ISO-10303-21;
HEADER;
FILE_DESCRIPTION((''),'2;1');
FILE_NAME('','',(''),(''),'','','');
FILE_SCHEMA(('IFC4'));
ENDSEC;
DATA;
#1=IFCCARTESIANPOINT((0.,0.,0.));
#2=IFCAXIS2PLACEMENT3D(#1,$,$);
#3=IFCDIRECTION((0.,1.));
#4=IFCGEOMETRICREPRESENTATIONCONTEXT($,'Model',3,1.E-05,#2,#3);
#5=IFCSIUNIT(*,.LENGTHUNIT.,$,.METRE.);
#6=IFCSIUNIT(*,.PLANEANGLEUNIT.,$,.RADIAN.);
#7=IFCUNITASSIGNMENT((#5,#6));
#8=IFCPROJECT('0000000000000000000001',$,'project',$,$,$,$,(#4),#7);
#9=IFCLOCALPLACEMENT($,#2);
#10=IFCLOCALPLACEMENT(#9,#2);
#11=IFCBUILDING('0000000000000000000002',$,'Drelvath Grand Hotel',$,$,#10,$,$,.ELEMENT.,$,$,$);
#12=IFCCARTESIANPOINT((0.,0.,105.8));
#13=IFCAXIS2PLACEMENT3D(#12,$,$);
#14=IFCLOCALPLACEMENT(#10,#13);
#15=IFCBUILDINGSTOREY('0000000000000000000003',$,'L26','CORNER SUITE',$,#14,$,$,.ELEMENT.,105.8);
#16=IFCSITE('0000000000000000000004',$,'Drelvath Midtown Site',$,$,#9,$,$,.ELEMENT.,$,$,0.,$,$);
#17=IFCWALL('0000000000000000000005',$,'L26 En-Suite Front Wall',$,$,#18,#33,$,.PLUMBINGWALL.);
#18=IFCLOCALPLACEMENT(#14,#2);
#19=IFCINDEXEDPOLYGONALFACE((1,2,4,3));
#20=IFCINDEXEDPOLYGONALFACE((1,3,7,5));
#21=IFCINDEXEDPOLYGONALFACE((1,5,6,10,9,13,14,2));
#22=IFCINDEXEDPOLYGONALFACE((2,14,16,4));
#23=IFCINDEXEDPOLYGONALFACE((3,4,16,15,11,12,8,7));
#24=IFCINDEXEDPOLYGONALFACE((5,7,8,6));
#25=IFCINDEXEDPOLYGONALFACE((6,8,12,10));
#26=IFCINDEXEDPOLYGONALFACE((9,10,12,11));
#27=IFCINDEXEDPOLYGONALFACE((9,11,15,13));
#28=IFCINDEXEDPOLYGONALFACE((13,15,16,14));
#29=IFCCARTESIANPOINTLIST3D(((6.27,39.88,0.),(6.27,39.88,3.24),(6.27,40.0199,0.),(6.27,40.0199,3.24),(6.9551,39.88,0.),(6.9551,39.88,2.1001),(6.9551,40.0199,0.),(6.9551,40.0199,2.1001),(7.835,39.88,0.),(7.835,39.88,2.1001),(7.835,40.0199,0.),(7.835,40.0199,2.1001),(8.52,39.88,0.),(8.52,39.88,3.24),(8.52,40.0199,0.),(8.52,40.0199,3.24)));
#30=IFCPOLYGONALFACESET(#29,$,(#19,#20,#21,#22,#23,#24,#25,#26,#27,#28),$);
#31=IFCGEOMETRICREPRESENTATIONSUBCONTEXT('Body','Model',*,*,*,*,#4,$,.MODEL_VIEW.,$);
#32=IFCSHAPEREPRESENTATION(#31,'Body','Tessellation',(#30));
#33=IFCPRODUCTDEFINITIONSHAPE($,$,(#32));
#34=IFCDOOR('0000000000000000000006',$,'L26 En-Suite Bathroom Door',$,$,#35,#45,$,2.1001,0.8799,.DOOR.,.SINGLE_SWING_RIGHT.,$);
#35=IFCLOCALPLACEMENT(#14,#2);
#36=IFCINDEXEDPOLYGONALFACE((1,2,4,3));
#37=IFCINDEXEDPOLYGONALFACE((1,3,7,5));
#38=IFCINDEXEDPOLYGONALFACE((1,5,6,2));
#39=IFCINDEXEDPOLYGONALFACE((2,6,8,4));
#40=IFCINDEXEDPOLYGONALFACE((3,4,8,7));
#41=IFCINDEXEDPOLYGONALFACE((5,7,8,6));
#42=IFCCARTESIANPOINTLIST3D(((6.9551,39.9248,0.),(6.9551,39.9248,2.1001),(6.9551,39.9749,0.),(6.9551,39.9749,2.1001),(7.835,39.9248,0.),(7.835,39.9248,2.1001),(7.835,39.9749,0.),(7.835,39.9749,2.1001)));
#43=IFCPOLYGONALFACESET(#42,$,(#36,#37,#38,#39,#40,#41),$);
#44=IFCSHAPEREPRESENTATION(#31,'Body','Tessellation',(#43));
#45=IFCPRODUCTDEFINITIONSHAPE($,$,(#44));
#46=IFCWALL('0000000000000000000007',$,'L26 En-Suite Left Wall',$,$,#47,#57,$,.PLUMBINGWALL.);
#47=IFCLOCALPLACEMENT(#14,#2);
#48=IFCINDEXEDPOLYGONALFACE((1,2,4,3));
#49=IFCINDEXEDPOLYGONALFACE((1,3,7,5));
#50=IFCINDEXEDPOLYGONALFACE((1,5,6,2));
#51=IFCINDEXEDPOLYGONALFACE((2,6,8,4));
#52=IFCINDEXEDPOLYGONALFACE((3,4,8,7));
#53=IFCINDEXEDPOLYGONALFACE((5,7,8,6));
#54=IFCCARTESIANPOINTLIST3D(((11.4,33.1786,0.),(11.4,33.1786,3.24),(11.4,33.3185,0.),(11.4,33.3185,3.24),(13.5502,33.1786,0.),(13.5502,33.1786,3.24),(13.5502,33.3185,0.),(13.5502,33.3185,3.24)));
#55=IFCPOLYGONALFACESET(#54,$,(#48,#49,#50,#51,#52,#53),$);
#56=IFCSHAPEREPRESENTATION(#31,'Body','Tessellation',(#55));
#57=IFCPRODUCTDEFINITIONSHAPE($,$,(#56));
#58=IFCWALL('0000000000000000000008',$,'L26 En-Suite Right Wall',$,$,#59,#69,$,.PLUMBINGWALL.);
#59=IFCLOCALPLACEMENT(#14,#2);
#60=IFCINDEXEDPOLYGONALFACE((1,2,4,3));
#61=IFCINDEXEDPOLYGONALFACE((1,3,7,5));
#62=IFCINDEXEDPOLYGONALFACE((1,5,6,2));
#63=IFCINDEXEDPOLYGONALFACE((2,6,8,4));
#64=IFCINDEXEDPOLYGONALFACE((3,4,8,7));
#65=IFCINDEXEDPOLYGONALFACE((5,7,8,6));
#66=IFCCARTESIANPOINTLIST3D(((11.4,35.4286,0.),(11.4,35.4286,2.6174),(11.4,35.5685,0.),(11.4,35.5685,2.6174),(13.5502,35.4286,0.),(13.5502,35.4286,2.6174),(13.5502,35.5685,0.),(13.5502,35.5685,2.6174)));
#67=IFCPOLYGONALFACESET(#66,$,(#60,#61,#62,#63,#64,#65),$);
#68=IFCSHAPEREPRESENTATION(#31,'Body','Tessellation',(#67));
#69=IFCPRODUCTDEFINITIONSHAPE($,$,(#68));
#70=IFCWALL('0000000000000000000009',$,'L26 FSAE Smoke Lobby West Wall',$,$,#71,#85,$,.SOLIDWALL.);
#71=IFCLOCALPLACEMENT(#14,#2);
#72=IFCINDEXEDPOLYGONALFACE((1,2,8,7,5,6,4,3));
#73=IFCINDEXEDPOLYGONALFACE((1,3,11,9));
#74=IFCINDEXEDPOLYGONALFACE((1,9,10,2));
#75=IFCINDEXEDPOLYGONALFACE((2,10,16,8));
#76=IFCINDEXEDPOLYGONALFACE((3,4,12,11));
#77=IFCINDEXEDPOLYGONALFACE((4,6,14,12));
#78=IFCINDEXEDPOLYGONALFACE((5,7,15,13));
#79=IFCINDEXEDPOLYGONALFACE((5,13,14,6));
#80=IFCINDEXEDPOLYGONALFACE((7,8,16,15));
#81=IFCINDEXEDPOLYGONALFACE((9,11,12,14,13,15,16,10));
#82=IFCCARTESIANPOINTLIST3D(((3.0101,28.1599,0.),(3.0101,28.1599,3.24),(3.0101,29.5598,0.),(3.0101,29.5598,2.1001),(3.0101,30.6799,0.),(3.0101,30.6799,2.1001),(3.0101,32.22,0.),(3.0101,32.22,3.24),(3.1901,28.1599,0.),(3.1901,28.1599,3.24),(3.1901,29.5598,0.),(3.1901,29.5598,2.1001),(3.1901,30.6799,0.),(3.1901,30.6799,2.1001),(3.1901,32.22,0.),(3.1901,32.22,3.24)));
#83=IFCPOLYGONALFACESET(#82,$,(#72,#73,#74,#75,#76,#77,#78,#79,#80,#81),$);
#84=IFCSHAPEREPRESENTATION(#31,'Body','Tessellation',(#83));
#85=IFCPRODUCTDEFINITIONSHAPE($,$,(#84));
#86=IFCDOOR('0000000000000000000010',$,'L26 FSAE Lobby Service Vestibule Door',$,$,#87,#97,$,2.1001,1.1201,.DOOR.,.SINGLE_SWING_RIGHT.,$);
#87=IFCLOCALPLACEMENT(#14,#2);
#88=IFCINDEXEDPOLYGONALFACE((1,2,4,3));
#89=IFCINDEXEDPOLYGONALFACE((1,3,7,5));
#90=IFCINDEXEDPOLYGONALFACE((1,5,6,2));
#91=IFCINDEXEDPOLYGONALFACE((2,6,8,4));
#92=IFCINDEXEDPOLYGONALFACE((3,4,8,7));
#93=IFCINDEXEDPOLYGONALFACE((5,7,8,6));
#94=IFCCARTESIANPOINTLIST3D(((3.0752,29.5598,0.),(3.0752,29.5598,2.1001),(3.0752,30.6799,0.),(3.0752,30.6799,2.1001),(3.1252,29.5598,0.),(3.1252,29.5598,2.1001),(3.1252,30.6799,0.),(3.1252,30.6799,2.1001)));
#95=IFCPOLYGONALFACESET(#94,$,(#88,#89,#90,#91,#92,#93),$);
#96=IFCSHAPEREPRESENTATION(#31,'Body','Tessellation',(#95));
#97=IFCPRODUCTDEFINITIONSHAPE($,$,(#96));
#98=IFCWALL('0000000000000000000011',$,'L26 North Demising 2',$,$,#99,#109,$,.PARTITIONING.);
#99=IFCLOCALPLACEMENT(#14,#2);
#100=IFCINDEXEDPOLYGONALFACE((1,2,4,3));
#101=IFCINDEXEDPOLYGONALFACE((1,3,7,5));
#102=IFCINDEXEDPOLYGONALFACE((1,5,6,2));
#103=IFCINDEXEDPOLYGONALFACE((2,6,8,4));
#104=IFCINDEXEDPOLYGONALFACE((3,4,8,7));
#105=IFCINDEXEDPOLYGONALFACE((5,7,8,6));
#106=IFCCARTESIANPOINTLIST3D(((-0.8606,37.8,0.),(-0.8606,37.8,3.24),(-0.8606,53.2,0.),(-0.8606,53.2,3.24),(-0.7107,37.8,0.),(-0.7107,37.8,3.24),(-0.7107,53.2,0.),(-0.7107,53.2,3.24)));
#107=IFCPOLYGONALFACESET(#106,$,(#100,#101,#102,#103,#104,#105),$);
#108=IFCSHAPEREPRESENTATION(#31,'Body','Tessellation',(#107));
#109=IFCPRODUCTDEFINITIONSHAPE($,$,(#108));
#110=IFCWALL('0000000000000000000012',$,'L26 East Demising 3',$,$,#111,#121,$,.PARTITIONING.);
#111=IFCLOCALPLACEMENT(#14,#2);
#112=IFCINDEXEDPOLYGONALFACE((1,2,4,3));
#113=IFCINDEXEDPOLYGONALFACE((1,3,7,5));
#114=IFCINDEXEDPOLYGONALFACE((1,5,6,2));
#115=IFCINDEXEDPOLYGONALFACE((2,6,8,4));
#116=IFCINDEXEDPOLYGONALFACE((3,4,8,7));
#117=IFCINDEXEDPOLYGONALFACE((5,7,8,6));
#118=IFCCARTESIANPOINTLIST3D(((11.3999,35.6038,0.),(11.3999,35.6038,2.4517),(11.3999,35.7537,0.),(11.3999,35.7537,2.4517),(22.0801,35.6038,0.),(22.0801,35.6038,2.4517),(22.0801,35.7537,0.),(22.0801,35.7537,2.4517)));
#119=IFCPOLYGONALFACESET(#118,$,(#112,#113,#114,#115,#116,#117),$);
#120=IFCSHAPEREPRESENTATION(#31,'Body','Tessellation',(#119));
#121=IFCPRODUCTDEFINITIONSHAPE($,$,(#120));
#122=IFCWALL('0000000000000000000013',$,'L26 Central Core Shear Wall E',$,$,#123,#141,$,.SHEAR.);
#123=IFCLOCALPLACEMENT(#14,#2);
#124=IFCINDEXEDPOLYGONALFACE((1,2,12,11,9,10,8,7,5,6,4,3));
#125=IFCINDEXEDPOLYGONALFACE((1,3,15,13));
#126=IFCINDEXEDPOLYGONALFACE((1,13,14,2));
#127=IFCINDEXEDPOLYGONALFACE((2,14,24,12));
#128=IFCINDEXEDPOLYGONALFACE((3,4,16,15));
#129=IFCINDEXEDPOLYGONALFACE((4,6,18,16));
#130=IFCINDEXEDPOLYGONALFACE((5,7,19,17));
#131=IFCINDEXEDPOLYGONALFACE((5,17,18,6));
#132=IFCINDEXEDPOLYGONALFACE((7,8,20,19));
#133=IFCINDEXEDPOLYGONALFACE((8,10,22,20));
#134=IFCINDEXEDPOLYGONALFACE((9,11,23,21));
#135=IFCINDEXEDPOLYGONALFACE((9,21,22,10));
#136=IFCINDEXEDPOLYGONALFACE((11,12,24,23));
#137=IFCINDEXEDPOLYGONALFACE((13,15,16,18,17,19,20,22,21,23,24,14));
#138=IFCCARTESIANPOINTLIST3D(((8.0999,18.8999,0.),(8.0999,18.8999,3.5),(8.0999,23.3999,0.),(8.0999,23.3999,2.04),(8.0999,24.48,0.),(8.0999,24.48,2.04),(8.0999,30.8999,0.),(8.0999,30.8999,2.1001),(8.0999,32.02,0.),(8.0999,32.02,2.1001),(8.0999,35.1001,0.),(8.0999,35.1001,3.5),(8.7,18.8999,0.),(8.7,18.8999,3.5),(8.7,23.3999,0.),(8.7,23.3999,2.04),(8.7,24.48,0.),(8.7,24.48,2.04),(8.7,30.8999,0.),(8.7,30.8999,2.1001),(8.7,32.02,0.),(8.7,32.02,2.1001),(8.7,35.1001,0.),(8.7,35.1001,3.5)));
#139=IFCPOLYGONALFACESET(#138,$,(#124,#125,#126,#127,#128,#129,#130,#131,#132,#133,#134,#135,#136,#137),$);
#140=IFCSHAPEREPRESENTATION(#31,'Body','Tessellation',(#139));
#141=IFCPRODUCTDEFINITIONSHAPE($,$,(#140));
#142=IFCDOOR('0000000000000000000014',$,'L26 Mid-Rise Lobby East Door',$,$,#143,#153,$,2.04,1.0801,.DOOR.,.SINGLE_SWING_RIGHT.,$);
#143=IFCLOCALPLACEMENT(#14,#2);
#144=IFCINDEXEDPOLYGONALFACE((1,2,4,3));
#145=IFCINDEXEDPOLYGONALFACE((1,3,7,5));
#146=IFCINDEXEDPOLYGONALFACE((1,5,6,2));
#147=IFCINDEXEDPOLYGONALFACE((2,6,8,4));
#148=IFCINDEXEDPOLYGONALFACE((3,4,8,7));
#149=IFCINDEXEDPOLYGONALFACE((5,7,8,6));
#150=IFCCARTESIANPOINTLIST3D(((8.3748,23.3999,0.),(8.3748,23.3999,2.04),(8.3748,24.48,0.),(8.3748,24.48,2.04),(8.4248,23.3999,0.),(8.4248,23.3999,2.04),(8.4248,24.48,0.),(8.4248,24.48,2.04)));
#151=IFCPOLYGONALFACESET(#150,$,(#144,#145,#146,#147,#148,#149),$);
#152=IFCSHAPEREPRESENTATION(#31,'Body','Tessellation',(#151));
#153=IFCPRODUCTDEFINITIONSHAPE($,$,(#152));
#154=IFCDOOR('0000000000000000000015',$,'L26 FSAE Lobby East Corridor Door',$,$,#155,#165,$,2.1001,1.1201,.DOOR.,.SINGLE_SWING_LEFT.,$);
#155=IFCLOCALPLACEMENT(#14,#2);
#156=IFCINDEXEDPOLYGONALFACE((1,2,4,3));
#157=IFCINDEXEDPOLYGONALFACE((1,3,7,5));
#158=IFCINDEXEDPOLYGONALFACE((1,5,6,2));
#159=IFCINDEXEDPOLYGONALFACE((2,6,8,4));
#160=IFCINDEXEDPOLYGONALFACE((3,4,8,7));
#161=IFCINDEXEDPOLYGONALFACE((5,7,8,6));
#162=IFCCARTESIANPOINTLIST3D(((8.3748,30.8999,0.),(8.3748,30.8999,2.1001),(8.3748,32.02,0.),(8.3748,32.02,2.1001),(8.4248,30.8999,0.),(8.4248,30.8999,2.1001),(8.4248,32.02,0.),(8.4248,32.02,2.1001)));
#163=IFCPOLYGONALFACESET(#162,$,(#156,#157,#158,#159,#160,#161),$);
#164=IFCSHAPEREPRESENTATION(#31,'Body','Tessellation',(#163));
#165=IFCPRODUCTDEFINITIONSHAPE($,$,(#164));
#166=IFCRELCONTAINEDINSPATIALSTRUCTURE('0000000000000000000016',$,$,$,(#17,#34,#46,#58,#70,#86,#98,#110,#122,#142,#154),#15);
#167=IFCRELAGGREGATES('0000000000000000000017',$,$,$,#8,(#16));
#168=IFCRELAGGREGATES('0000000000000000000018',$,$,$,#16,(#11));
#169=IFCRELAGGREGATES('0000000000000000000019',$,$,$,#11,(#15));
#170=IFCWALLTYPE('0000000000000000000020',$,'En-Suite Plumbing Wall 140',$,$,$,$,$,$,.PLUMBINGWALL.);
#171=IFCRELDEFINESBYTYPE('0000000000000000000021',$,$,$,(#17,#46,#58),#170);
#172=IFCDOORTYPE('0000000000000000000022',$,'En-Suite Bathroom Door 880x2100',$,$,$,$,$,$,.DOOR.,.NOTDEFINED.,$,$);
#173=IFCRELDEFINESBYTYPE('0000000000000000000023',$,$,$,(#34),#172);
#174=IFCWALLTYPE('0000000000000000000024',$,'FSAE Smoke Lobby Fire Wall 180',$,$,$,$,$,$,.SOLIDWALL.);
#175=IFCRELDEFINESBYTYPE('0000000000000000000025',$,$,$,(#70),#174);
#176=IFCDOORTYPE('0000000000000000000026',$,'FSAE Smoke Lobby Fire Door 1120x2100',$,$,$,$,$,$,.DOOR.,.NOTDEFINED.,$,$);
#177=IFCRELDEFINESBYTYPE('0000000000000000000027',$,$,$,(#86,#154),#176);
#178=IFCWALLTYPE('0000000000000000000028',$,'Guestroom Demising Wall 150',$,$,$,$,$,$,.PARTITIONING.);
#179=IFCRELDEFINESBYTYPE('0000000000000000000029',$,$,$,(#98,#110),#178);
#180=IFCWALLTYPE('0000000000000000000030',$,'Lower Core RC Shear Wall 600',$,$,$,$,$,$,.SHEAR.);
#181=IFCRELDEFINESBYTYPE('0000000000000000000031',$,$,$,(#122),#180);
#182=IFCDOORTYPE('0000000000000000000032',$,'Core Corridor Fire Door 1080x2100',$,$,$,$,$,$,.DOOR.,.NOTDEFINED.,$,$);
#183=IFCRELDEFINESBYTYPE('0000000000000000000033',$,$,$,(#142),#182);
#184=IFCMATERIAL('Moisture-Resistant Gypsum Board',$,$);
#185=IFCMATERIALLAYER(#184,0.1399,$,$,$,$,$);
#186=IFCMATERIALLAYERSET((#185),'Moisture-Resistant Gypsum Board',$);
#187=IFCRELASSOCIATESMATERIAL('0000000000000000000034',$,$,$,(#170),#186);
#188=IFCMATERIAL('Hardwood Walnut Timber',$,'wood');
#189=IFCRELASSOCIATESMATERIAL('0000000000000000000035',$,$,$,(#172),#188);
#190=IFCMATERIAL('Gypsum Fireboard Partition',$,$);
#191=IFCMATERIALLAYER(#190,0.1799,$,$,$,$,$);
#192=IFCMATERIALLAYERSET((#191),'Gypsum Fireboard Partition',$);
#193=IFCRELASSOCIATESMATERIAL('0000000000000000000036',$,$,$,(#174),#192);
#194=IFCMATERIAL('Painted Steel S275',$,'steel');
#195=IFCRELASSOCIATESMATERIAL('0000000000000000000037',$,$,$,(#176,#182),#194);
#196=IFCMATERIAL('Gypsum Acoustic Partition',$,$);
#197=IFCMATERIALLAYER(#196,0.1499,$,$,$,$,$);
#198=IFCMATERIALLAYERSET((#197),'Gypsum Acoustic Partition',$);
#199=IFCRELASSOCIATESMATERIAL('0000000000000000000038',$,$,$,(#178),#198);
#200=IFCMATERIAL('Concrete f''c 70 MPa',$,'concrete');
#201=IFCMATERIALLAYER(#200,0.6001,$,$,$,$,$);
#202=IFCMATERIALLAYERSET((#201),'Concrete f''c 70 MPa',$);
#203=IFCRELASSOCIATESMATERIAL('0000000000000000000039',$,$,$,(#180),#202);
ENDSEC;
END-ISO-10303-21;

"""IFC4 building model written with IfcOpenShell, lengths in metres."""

from ifc_helpers import new_model, si_unit, direction, frame, frame_2d, origin, place, context, subcontext, project, spatial, rectangle, extrude, material, layer, layer_set, type_object, element, fill, save


model = new_model("IFC4")

# Units and contexts
model_context = context("Model", 3, precision=1e-05, world=origin(), true_north=direction((0.0, 1.0)))
body_context = subcontext(model_context, "Body", "Model", "MODEL_VIEW")
ifc_project = project(units=[si_unit("LENGTHUNIT", "METRE"), si_unit("PLANEANGLEUNIT", "RADIAN")], contexts=[model_context])

# Site, building, storey
site_placement = place(None, origin())
site = spatial("IfcSite", under=ifc_project, at=site_placement, Name="Drelvath Midtown Site", CompositionType="ELEMENT", RefElevation=0.0)
building_placement = place(site_placement, origin())
building = spatial("IfcBuilding", under=site, at=building_placement, Name="Drelvath Grand Hotel", CompositionType="ELEMENT")
storey_placement = place(building_placement, frame((0.0, 0.0, 105.8)))
storey = spatial("IfcBuildingStorey", under=building, at=storey_placement, Name="L26", Description="CORNER SUITE", CompositionType="ELEMENT", Elevation=105.8)

# Shared definitions
ifc_material_1 = material(Name="Concrete f'c 70 MPa", Category="concrete")

# Shared definitions
ifc_material_2 = material(Name="Painted Steel S275", Category="steel")

# Shared definitions
ifc_material_3 = material(Name="Gypsum Fireboard Partition")
ifc_material_4 = material(Name="Moisture-Resistant Gypsum Board")
ifc_layer_1 = layer(ifc_material_4, 0.1399)
ifc_layer_set_1 = layer_set([ifc_layer_1], Name="Moisture-Resistant Gypsum Board")
wall_type_1 = type_object("IfcWallType", Name="En-Suite Plumbing Wall 140", PredefinedType="PLUMBINGWALL", material=ifc_layer_set_1)

# Wall, opening, door
wall_1_placement = place(storey_placement, frame((6.27, 39.95, 0.0), z_axis=(0.0, 0.0, 1.0), x_axis=(1.0, 0.0, 0.0)))
wall_1 = element("IfcWall", 1, at=wall_1_placement, inside=storey, type_object=wall_type_1, Name="L26 En-Suite Front Wall", PredefinedType="PLUMBINGWALL", context=body_context, shape_type="SweptSolid", body=[
    extrude(rectangle(XDim=2.25, YDim=0.1399, at=frame_2d((1.125, 0.0))), origin(), (0.0, 0.0, 1.0), 3.24),
])
opening_1_placement = place(wall_1_placement, frame((0.6851, 0.0, 0.0)))
opening_1 = element("IfcOpeningElement", 2, at=opening_1_placement, cuts=wall_1, PredefinedType="OPENING", context=body_context, shape_type="SweptSolid", body=[
    extrude(rectangle(XDim=0.8799, YDim=2.1001, at=frame_2d((0.4399, 1.05))), frame((0.0, 0.0798, 0.0), z_axis=(0.0, -1.0, 0.0), x_axis=(1.0, 0.0, 0.0)), (0.0, 0.0, 1.0), 0.1599),
])
ifc_material_5 = material(Name="Hardwood Walnut Timber", Category="wood")
door_type_1 = type_object("IfcDoorType", Name="En-Suite Bathroom Door 880x2100", OperationType="NOTDEFINED", PredefinedType="DOOR", material=ifc_material_5)
door_1_placement = place(opening_1_placement, origin())
door_1 = element("IfcDoor", 3, at=door_1_placement, inside=storey, type_object=door_type_1, Name="L26 En-Suite Bathroom Door", OperationType="SINGLE_SWING_RIGHT", OverallHeight=2.1001, OverallWidth=0.8799, PredefinedType="DOOR", context=body_context, shape_type="SweptSolid", body=[
    extrude(rectangle(XDim=0.8799, YDim=2.1001, at=frame_2d((0.4399, 1.05))), frame((0.0, 0.0249, 0.0), z_axis=(0.0, -1.0, 0.0), x_axis=(1.0, 0.0, 0.0)), (0.0, 0.0, 1.0), 0.05),
])
fill(opening_1, door_1)

# Walls
wall_2_placement = place(storey_placement, frame((11.3999, 33.2485, 0.0), z_axis=(0.0, 0.0, 1.0), x_axis=(1.0, 0.0, 0.0)))
element("IfcWall", 4, at=wall_2_placement, inside=storey, type_object=wall_type_1, Name="L26 En-Suite Left Wall", PredefinedType="PLUMBINGWALL", context=body_context, shape_type="SweptSolid", body=[
    extrude(rectangle(XDim=2.1501, YDim=0.1399, at=frame_2d((1.0752, 0.0))), origin(), (0.0, 0.0, 1.0), 3.24),
])
wall_3_placement = place(storey_placement, frame((11.3999, 35.4985, 0.0), z_axis=(0.0, 0.0, 1.0), x_axis=(1.0, 0.0, 0.0)))
element("IfcWall", 5, at=wall_3_placement, inside=storey, type_object=wall_type_1, Name="L26 En-Suite Right Wall", PredefinedType="PLUMBINGWALL", context=body_context, shape_type="SweptSolid", body=[
    extrude(rectangle(XDim=2.1501, YDim=0.1399, at=frame_2d((1.0752, 0.0))), origin(), (0.0, 0.0, 1.0), 2.6174),
])

# Wall, opening, door
ifc_layer_2 = layer(ifc_material_3, 0.1799)
ifc_layer_set_2 = layer_set([ifc_layer_2], Name="Gypsum Fireboard Partition")
wall_type_2 = type_object("IfcWallType", Name="FSAE Smoke Lobby Fire Wall 180", PredefinedType="SOLIDWALL", material=ifc_layer_set_2)
wall_4_placement = place(storey_placement, frame((3.1001, 28.1599, 0.0), z_axis=(0.0, 0.0, 1.0), x_axis=(0.0, 1.0, 0.0)))
wall_4 = element("IfcWall", 6, at=wall_4_placement, inside=storey, type_object=wall_type_2, Name="L26 FSAE Smoke Lobby West Wall", PredefinedType="SOLIDWALL", context=body_context, shape_type="SweptSolid", body=[
    extrude(rectangle(XDim=4.0601, YDim=0.1799, at=frame_2d((2.03, 0.0))), origin(), (0.0, 0.0, 1.0), 3.24),
])
opening_2_placement = place(wall_4_placement, frame((1.3999, 0.0, 0.0)))
opening_2 = element("IfcOpeningElement", 7, at=opening_2_placement, cuts=wall_4, PredefinedType="OPENING", context=body_context, shape_type="SweptSolid", body=[
    extrude(rectangle(XDim=1.1201, YDim=2.1001, at=frame_2d((0.5601, 1.05))), frame((0.0, 0.0999, 0.0), z_axis=(0.0, -1.0, 0.0), x_axis=(1.0, 0.0, 0.0)), (0.0, 0.0, 1.0), 0.2),
])
door_type_2 = type_object("IfcDoorType", Name="FSAE Smoke Lobby Fire Door 1120x2100", OperationType="NOTDEFINED", PredefinedType="DOOR", material=ifc_material_2)
door_2_placement = place(opening_2_placement, origin())
door_2 = element("IfcDoor", 8, at=door_2_placement, inside=storey, type_object=door_type_2, Name="L26 FSAE Lobby Service Vestibule Door", OperationType="SINGLE_SWING_RIGHT", OverallHeight=2.1001, OverallWidth=1.1201, PredefinedType="DOOR", context=body_context, shape_type="SweptSolid", body=[
    extrude(rectangle(XDim=1.1201, YDim=2.1001, at=frame_2d((0.5601, 1.05))), frame((0.0, 0.0249, 0.0), z_axis=(0.0, -1.0, 0.0), x_axis=(1.0, 0.0, 0.0)), (0.0, 0.0, 1.0), 0.05),
])
fill(opening_2, door_2)

# Walls
ifc_material_6 = material(Name="Gypsum Acoustic Partition")
ifc_layer_3 = layer(ifc_material_6, 0.1499)
ifc_layer_set_3 = layer_set([ifc_layer_3], Name="Gypsum Acoustic Partition")
wall_type_3 = type_object("IfcWallType", Name="Guestroom Demising Wall 150", PredefinedType="PARTITIONING", material=ifc_layer_set_3)
wall_5_placement = place(storey_placement, frame((-0.7856, 37.8, 0.0), z_axis=(0.0, 0.0, 1.0), x_axis=(0.0, 1.0, 0.0)))
element("IfcWall", 9, at=wall_5_placement, inside=storey, type_object=wall_type_3, Name="L26 North Demising 2", PredefinedType="PARTITIONING", context=body_context, shape_type="SweptSolid", body=[
    extrude(rectangle(XDim=15.3999, YDim=0.1499, at=frame_2d((7.7, 0.0))), origin(), (0.0, 0.0, 1.0), 3.24),
])
wall_6_placement = place(storey_placement, frame((11.3999, 35.6787, 0.0), z_axis=(0.0, 0.0, 1.0), x_axis=(1.0, 0.0, 0.0)))
element("IfcWall", 10, at=wall_6_placement, inside=storey, type_object=wall_type_3, Name="L26 East Demising 3", PredefinedType="PARTITIONING", context=body_context, shape_type="SweptSolid", body=[
    extrude(rectangle(XDim=10.6802, YDim=0.1499, at=frame_2d((5.3401, 0.0))), origin(), (0.0, 0.0, 1.0), 2.4517),
])

# Wall, openings, doors
ifc_layer_4 = layer(ifc_material_1, 0.6001)
ifc_layer_set_4 = layer_set([ifc_layer_4], Name="Concrete f'c 70 MPa")
wall_type_4 = type_object("IfcWallType", Name="Lower Core RC Shear Wall 600", PredefinedType="SHEAR", material=ifc_layer_set_4)
wall_7_placement = place(storey_placement, frame((8.3999, 35.1001, 0.0), z_axis=(0.0, 0.0, 1.0), x_axis=(0.0, -1.0, 0.0)))
wall_7 = element("IfcWall", 11, at=wall_7_placement, inside=storey, type_object=wall_type_4, Name="L26 Central Core Shear Wall E", PredefinedType="SHEAR", context=body_context, shape_type="SweptSolid", body=[
    extrude(rectangle(XDim=16.2002, YDim=0.6001, at=frame_2d((8.1001, 0.0))), origin(), (0.0, 0.0, 1.0), 3.5),
])
opening_3_placement = place(wall_7_placement, frame((3.0801, 0.0, 0.0)))
opening_3 = element("IfcOpeningElement", 12, at=opening_3_placement, cuts=wall_7, PredefinedType="OPENING", context=body_context, shape_type="SweptSolid", body=[
    extrude(rectangle(XDim=1.1201, YDim=2.1001, at=frame_2d((0.5601, 1.05))), frame((0.0, 0.3101, 0.0), z_axis=(0.0, -1.0, 0.0), x_axis=(1.0, 0.0, 0.0)), (0.0, 0.0, 1.0), 0.6201),
])
opening_4_placement = place(wall_7_placement, frame((10.6201, 0.0, 0.0)))
opening_4 = element("IfcOpeningElement", 13, at=opening_4_placement, cuts=wall_7, PredefinedType="OPENING", context=body_context, shape_type="SweptSolid", body=[
    extrude(rectangle(XDim=1.0801, YDim=2.04, at=frame_2d((0.54, 1.02))), frame((0.0, 0.3101, 0.0), z_axis=(0.0, -1.0, 0.0), x_axis=(1.0, 0.0, 0.0)), (0.0, 0.0, 1.0), 0.6201),
])
door_type_3 = type_object("IfcDoorType", Name="Core Corridor Fire Door 1080x2100", OperationType="NOTDEFINED", PredefinedType="DOOR", material=ifc_material_2)
door_3_placement = place(opening_4_placement, origin())
door_3 = element("IfcDoor", 14, at=door_3_placement, inside=storey, type_object=door_type_3, Name="L26 Mid-Rise Lobby East Door", OperationType="SINGLE_SWING_RIGHT", OverallHeight=2.04, OverallWidth=1.0801, PredefinedType="DOOR", context=body_context, shape_type="SweptSolid", body=[
    extrude(rectangle(XDim=1.0801, YDim=2.04, at=frame_2d((0.54, 1.02))), frame((0.0, 0.0249, 0.0), z_axis=(0.0, -1.0, 0.0), x_axis=(1.0, 0.0, 0.0)), (0.0, 0.0, 1.0), 0.05),
])
fill(opening_4, door_3)
door_4_placement = place(opening_3_placement, origin())
door_4 = element("IfcDoor", 15, at=door_4_placement, inside=storey, type_object=door_type_2, Name="L26 FSAE Lobby East Corridor Door", OperationType="SINGLE_SWING_LEFT", OverallHeight=2.1001, OverallWidth=1.1201, PredefinedType="DOOR", context=body_context, shape_type="SweptSolid", body=[
    extrude(rectangle(XDim=1.1201, YDim=2.1001, at=frame_2d((0.5601, 1.05))), frame((0.0, 0.0249, 0.0), z_axis=(0.0, -1.0, 0.0), x_axis=(1.0, 0.0, 0.0)), (0.0, 0.0, 1.0), 0.05),
])
fill(opening_3, door_4)

save(model, "model.ifc")
